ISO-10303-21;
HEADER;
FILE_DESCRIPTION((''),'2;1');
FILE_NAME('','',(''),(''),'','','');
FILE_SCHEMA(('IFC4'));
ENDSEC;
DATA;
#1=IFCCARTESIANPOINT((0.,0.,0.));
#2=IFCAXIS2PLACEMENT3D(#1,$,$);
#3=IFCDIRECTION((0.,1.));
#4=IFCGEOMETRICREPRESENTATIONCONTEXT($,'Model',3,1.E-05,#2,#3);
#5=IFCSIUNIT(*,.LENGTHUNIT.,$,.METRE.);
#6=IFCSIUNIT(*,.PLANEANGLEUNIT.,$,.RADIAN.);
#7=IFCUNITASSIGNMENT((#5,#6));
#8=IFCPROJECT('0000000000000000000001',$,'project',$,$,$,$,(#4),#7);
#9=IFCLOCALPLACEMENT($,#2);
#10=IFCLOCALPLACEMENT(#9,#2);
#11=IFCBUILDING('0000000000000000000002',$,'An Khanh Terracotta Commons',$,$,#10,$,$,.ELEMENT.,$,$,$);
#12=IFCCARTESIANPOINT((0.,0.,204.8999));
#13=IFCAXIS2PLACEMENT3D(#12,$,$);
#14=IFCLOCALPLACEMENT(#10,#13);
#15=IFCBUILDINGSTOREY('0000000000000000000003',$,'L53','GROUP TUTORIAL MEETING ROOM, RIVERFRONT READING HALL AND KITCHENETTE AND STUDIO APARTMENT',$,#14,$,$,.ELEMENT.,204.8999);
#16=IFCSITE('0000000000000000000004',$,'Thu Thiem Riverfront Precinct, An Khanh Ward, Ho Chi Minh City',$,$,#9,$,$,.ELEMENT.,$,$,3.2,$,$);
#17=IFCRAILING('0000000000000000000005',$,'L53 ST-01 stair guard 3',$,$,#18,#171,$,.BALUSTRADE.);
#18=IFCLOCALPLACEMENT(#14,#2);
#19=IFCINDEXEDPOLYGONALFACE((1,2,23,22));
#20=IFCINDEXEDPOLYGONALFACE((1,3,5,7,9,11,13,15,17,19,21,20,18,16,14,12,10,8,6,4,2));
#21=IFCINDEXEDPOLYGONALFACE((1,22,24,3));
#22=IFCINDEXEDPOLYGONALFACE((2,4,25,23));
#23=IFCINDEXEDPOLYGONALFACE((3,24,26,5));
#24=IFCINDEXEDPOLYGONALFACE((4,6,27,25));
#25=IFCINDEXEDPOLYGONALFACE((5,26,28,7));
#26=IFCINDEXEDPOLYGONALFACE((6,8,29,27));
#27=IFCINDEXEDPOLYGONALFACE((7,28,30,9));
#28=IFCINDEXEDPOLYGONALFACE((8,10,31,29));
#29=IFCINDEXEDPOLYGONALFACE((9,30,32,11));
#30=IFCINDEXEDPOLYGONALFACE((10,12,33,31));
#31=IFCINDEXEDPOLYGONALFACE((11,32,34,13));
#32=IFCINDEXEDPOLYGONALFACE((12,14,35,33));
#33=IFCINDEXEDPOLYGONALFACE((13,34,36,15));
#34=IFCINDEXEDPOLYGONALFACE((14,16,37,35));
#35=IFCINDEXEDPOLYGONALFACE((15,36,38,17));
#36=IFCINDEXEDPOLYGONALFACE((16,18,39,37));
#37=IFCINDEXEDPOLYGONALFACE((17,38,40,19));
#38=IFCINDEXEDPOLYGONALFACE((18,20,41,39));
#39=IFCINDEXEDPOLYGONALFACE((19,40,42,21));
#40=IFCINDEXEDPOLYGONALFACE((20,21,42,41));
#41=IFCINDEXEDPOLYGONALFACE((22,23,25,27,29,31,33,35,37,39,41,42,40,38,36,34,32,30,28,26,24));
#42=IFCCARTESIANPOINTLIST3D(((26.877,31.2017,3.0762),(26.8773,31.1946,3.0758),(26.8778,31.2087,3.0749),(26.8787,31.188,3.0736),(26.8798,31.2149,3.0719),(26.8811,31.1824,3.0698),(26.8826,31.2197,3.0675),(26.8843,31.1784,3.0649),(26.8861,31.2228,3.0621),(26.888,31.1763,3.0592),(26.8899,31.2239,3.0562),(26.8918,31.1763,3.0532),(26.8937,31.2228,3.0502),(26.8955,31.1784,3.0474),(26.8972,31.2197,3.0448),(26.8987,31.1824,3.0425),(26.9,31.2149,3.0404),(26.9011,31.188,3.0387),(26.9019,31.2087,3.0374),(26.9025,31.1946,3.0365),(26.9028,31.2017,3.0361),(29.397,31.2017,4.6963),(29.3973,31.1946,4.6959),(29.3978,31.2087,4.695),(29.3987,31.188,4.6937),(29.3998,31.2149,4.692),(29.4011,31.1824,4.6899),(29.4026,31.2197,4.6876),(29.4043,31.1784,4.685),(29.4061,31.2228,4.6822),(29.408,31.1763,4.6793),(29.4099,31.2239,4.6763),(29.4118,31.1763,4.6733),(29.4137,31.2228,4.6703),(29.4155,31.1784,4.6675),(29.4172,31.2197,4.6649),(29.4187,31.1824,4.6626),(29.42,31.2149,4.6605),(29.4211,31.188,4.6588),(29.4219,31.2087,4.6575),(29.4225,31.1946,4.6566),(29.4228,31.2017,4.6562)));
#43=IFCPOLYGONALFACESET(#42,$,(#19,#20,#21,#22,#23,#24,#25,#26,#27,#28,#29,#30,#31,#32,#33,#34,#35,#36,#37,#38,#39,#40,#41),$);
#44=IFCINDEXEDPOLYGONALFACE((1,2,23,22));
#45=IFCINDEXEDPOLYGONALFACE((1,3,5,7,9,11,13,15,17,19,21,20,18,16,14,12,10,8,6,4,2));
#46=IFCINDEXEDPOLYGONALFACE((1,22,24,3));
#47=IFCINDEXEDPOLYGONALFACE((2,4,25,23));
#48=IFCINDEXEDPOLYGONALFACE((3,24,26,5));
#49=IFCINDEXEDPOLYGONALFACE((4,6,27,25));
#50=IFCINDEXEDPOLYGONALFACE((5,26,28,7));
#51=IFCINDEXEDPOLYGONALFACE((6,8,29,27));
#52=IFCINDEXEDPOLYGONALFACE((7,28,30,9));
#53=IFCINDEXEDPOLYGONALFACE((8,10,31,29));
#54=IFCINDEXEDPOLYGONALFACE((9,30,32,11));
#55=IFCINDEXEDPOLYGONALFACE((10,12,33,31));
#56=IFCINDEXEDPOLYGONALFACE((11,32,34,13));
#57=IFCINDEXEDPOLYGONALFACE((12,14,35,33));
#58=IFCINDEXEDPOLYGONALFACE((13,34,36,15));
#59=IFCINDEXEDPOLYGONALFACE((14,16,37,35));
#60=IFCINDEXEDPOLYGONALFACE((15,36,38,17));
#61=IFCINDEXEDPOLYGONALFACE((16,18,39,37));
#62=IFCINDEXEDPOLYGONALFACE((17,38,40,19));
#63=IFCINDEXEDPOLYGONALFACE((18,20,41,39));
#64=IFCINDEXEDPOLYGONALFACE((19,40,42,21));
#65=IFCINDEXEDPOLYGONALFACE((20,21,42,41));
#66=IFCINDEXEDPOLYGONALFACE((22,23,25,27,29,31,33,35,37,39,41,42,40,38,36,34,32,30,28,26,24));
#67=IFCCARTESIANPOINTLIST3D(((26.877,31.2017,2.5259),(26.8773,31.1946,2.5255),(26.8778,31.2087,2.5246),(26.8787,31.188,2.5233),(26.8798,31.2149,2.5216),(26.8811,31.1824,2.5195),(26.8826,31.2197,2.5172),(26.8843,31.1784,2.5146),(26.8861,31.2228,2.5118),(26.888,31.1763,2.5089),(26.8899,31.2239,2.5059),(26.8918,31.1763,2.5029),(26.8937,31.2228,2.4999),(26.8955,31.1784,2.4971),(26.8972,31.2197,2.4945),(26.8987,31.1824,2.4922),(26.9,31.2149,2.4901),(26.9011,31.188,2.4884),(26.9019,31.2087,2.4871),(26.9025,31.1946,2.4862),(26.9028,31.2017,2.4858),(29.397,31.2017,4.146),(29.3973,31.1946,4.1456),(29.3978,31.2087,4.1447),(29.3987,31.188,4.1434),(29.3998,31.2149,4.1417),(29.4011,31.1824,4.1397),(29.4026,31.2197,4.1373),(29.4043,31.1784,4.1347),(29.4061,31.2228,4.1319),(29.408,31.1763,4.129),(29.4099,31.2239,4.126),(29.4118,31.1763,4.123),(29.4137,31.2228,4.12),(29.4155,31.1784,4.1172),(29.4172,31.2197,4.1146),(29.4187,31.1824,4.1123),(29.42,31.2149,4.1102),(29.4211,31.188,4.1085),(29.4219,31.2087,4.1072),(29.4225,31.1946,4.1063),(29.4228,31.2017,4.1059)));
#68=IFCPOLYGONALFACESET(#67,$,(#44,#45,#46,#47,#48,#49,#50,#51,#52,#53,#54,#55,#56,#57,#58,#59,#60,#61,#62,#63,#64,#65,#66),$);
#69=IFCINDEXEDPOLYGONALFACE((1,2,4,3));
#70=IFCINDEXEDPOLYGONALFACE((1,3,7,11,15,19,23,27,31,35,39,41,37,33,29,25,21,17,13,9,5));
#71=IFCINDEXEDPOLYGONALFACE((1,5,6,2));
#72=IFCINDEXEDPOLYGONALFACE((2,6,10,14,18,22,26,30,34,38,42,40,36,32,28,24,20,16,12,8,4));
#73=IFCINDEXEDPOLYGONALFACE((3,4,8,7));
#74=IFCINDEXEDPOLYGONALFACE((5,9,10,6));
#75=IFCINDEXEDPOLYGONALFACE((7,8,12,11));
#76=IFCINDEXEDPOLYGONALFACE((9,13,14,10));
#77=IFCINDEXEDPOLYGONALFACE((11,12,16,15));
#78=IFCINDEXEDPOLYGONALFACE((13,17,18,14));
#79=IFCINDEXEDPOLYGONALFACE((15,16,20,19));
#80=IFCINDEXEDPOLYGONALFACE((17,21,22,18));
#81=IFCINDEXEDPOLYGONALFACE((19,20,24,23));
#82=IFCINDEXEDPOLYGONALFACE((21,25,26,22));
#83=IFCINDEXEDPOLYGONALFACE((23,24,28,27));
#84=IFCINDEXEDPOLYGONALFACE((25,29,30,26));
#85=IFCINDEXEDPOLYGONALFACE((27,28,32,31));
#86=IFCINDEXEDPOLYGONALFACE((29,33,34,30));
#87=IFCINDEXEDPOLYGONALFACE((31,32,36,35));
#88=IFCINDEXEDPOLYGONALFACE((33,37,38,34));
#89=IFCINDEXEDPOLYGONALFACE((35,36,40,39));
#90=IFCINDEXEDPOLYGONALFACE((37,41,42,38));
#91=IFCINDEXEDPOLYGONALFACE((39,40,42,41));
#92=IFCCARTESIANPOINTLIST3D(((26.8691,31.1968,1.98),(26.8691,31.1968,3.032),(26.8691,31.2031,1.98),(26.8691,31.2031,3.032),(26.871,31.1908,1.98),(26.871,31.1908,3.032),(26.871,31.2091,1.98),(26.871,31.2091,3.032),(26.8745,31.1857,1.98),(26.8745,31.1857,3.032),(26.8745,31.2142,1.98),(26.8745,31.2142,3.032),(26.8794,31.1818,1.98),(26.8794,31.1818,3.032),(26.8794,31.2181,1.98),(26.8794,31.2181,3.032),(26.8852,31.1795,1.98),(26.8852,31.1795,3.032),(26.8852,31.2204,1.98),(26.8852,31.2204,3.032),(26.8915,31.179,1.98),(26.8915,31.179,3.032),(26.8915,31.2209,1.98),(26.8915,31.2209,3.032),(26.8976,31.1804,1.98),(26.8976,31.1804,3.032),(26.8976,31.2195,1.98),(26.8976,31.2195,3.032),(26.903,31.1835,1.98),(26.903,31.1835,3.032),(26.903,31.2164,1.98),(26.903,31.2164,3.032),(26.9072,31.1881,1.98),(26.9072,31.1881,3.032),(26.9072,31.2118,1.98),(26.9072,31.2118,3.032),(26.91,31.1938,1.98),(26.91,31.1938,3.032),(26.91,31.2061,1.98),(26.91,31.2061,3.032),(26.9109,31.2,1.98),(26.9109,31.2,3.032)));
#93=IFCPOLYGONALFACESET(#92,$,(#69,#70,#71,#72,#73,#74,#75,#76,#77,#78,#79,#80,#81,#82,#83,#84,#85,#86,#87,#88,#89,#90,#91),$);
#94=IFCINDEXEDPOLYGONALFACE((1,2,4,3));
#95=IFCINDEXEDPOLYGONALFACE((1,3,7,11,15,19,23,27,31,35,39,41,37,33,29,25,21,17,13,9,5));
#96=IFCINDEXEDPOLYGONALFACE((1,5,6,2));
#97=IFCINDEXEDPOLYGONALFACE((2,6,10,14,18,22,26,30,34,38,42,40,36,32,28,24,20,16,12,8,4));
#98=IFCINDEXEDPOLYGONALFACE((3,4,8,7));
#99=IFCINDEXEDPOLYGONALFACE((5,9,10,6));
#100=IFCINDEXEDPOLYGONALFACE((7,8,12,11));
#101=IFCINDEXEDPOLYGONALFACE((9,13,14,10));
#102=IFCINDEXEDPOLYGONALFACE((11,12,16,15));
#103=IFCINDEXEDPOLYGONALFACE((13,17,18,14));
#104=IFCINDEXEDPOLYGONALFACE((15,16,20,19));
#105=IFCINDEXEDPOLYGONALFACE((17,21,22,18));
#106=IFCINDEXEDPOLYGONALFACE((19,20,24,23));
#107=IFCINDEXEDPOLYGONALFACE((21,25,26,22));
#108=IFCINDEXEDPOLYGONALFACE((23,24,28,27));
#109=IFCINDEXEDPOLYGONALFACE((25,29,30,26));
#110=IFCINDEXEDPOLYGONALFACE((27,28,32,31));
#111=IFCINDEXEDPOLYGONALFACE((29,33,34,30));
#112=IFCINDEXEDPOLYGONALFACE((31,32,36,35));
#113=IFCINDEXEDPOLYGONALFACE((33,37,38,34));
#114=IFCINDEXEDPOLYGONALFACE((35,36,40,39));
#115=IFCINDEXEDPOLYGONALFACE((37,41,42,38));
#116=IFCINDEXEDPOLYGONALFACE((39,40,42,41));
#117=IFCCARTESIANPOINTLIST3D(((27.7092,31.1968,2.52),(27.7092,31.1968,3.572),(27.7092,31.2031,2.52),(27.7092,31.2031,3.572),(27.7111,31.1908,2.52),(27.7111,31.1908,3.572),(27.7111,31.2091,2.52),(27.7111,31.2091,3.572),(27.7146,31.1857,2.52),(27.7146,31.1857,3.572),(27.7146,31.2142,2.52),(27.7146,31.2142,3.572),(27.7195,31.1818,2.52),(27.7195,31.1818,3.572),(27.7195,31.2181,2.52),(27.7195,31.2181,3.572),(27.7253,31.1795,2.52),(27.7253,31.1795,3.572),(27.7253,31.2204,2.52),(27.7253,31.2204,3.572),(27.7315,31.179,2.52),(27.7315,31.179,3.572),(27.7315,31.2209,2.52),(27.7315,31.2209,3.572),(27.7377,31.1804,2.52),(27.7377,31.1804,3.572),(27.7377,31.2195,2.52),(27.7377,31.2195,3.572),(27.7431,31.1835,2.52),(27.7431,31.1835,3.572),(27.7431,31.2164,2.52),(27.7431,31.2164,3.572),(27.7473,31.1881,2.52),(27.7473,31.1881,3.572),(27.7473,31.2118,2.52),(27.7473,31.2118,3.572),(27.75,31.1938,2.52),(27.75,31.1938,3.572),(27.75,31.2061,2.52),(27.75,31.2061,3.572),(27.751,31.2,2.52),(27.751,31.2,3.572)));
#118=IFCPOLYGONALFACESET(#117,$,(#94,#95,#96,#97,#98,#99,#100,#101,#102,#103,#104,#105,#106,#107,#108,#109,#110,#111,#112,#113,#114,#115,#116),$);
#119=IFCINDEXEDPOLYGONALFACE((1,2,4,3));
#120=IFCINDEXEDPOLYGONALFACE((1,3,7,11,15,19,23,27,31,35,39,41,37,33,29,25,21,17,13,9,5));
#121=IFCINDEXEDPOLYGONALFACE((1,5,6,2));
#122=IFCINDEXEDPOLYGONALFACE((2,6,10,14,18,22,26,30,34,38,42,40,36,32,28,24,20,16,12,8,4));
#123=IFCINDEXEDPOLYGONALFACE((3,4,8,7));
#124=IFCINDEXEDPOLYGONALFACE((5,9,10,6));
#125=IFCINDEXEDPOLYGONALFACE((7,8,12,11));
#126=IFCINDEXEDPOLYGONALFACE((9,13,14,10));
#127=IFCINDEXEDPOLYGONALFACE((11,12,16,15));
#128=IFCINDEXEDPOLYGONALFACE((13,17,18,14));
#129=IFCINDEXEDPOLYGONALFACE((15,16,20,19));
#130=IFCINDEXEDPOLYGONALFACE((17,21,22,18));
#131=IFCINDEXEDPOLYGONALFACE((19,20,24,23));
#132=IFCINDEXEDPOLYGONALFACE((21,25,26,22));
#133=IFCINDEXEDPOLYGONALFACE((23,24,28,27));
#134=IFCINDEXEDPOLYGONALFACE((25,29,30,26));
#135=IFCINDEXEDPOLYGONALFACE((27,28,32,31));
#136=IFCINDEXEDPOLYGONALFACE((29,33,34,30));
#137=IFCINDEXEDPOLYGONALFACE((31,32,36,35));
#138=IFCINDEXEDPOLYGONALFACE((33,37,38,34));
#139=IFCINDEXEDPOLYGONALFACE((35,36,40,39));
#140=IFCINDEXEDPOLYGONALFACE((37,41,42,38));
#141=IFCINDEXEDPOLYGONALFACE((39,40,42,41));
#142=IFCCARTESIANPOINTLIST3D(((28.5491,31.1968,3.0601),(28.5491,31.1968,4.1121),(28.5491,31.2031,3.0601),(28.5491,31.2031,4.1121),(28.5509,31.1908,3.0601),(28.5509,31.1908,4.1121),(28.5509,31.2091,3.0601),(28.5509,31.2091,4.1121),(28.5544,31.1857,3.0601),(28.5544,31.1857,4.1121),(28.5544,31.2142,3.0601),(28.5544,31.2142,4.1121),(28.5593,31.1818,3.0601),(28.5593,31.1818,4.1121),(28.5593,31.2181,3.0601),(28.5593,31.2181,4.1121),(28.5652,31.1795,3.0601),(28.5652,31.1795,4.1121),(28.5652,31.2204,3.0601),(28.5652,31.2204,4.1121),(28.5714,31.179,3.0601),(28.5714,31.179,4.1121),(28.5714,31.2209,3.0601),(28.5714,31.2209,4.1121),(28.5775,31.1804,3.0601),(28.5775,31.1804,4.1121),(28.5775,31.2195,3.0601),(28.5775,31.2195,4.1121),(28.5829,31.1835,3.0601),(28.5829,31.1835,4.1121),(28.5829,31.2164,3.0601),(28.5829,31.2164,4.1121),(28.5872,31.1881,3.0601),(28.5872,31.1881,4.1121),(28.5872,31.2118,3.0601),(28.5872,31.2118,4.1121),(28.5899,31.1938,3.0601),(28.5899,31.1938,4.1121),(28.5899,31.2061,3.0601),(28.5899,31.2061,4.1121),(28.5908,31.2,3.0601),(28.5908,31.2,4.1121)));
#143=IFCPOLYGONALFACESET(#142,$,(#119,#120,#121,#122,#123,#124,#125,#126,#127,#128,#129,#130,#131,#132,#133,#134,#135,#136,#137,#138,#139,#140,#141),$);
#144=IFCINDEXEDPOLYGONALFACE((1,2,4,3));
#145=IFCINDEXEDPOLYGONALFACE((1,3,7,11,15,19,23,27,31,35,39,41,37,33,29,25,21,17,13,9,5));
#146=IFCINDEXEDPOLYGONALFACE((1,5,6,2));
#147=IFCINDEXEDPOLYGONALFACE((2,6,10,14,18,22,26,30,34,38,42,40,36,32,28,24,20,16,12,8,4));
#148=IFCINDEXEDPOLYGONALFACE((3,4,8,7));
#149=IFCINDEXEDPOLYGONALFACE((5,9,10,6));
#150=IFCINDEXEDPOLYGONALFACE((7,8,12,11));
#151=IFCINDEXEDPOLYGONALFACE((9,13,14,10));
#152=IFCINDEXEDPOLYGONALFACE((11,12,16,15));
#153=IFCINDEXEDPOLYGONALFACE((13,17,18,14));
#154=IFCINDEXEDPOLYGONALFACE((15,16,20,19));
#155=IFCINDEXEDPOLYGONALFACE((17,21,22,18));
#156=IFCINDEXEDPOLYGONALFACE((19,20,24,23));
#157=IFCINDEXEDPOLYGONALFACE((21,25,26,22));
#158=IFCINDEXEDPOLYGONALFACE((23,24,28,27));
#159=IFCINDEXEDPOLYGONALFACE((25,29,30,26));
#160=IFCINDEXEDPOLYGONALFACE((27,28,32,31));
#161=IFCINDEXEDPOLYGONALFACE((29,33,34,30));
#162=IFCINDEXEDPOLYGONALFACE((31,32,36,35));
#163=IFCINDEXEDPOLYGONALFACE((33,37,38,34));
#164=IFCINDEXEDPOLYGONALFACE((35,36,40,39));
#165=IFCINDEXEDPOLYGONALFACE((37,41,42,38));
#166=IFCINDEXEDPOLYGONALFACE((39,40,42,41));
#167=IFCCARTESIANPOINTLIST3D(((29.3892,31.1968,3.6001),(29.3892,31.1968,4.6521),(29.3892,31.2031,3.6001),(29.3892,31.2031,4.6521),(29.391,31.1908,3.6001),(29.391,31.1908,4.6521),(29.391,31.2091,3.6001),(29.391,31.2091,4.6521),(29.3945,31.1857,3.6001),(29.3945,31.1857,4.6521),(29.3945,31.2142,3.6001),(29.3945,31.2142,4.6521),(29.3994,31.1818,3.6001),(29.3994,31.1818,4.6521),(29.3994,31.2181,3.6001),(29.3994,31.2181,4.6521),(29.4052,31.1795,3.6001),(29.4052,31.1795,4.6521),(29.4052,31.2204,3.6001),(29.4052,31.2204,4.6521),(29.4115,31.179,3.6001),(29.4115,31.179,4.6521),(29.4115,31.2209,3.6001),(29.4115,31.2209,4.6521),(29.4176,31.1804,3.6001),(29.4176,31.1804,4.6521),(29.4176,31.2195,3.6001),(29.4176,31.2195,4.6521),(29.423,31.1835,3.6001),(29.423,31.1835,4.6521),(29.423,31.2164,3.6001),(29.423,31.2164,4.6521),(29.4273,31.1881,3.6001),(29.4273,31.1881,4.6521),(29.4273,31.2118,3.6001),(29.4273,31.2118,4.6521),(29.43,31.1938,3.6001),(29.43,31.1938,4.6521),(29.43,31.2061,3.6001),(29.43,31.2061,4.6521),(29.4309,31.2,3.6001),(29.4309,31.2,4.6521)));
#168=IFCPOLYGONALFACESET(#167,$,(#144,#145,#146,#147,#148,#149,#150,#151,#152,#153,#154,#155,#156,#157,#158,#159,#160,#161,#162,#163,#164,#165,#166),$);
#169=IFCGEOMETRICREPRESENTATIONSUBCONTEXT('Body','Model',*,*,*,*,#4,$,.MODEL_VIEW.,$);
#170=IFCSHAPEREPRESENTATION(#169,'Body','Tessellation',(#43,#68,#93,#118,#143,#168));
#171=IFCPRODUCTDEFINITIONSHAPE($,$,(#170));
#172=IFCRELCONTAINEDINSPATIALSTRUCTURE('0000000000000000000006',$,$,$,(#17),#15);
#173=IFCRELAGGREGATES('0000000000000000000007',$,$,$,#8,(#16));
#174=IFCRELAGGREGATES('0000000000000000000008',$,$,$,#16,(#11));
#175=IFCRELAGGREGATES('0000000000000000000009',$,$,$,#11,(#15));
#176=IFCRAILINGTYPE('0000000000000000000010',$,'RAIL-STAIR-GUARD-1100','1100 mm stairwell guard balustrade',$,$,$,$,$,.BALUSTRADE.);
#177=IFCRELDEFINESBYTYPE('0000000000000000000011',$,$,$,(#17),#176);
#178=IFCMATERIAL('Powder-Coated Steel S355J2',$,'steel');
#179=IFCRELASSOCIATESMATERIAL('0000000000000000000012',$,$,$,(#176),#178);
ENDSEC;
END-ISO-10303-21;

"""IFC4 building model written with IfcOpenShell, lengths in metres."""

from ifc_helpers import new_model, si_unit, direction, frame, origin, origin_2d, place, context, subcontext, project, spatial, circle, extrude, material, type_object, element, save


model = new_model("IFC4")

# Units and contexts
model_context = context("Model", 3, precision=1e-05, world=origin(), true_north=direction((0.0, 1.0)))
body_context = subcontext(model_context, "Body", "Model", "MODEL_VIEW")
ifc_project = project(units=[si_unit("LENGTHUNIT", "METRE"), si_unit("PLANEANGLEUNIT", "RADIAN")], contexts=[model_context])

# Site, building, storey
site_placement = place(None, origin())
site = spatial("IfcSite", under=ifc_project, at=site_placement, Name="Thu Thiem Riverfront Precinct, An Khanh Ward, Ho Chi Minh City", CompositionType="ELEMENT", RefElevation=3.2)
building_placement = place(site_placement, origin())
building = spatial("IfcBuilding", under=site, at=building_placement, Name="An Khanh Terracotta Commons", CompositionType="ELEMENT")
storey_placement = place(building_placement, frame((0.0, 0.0, 204.8999)))
storey = spatial("IfcBuildingStorey", under=building, at=storey_placement, Name="L53", Description="GROUP TUTORIAL MEETING ROOM, RIVERFRONT READING HALL AND KITCHENETTE AND STUDIO APARTMENT", CompositionType="ELEMENT", Elevation=204.8999)

# Railing
ifc_material_1 = material(Name="Powder-Coated Steel S355J2", Category="steel")
railing_type_1 = type_object("IfcRailingType", Name="RAIL-STAIR-GUARD-1100", Description="1100 mm stairwell guard balustrade", PredefinedType="BALUSTRADE", material=ifc_material_1)
railing_1_placement = place(storey_placement, frame((26.8899, 31.2, 1.98)))
element("IfcRailing", 1, at=railing_1_placement, inside=storey, type_object=railing_type_1, Name="L53 ST-01 stair guard 3", PredefinedType="BALUSTRADE", context=body_context, shape_type="SweptSolid", body=[
    extrude(circle(Radius=0.0239, at=origin_2d()), frame((0.0, 0.0, 1.0762), z_axis=(0.841163, 0.0, 0.540782), x_axis=(0.0, 1.0, 0.0)), (0.0, 0.0, 1.0), 2.9958),
    extrude(circle(Radius=0.0239, at=origin_2d()), frame((0.0, 0.0, 0.5259), z_axis=(0.841163, 0.0, 0.540782), x_axis=(0.0, 1.0, 0.0)), (0.0, 0.0, 1.0), 2.9958),
    extrude(circle(Radius=0.021, at=origin_2d()), origin(), (0.0, 0.0, 1.0), 1.052),
    extrude(circle(Radius=0.021, at=origin_2d()), frame((0.8401, 0.0, 0.54)), (0.0, 0.0, 1.0), 1.052),
    extrude(circle(Radius=0.021, at=origin_2d()), frame((1.6799, 0.0, 1.0801)), (0.0, 0.0, 1.0), 1.052),
    extrude(circle(Radius=0.021, at=origin_2d()), frame((2.52, 0.0, 1.6201)), (0.0, 0.0, 1.0), 1.052),
])

save(model, "model.ifc")
